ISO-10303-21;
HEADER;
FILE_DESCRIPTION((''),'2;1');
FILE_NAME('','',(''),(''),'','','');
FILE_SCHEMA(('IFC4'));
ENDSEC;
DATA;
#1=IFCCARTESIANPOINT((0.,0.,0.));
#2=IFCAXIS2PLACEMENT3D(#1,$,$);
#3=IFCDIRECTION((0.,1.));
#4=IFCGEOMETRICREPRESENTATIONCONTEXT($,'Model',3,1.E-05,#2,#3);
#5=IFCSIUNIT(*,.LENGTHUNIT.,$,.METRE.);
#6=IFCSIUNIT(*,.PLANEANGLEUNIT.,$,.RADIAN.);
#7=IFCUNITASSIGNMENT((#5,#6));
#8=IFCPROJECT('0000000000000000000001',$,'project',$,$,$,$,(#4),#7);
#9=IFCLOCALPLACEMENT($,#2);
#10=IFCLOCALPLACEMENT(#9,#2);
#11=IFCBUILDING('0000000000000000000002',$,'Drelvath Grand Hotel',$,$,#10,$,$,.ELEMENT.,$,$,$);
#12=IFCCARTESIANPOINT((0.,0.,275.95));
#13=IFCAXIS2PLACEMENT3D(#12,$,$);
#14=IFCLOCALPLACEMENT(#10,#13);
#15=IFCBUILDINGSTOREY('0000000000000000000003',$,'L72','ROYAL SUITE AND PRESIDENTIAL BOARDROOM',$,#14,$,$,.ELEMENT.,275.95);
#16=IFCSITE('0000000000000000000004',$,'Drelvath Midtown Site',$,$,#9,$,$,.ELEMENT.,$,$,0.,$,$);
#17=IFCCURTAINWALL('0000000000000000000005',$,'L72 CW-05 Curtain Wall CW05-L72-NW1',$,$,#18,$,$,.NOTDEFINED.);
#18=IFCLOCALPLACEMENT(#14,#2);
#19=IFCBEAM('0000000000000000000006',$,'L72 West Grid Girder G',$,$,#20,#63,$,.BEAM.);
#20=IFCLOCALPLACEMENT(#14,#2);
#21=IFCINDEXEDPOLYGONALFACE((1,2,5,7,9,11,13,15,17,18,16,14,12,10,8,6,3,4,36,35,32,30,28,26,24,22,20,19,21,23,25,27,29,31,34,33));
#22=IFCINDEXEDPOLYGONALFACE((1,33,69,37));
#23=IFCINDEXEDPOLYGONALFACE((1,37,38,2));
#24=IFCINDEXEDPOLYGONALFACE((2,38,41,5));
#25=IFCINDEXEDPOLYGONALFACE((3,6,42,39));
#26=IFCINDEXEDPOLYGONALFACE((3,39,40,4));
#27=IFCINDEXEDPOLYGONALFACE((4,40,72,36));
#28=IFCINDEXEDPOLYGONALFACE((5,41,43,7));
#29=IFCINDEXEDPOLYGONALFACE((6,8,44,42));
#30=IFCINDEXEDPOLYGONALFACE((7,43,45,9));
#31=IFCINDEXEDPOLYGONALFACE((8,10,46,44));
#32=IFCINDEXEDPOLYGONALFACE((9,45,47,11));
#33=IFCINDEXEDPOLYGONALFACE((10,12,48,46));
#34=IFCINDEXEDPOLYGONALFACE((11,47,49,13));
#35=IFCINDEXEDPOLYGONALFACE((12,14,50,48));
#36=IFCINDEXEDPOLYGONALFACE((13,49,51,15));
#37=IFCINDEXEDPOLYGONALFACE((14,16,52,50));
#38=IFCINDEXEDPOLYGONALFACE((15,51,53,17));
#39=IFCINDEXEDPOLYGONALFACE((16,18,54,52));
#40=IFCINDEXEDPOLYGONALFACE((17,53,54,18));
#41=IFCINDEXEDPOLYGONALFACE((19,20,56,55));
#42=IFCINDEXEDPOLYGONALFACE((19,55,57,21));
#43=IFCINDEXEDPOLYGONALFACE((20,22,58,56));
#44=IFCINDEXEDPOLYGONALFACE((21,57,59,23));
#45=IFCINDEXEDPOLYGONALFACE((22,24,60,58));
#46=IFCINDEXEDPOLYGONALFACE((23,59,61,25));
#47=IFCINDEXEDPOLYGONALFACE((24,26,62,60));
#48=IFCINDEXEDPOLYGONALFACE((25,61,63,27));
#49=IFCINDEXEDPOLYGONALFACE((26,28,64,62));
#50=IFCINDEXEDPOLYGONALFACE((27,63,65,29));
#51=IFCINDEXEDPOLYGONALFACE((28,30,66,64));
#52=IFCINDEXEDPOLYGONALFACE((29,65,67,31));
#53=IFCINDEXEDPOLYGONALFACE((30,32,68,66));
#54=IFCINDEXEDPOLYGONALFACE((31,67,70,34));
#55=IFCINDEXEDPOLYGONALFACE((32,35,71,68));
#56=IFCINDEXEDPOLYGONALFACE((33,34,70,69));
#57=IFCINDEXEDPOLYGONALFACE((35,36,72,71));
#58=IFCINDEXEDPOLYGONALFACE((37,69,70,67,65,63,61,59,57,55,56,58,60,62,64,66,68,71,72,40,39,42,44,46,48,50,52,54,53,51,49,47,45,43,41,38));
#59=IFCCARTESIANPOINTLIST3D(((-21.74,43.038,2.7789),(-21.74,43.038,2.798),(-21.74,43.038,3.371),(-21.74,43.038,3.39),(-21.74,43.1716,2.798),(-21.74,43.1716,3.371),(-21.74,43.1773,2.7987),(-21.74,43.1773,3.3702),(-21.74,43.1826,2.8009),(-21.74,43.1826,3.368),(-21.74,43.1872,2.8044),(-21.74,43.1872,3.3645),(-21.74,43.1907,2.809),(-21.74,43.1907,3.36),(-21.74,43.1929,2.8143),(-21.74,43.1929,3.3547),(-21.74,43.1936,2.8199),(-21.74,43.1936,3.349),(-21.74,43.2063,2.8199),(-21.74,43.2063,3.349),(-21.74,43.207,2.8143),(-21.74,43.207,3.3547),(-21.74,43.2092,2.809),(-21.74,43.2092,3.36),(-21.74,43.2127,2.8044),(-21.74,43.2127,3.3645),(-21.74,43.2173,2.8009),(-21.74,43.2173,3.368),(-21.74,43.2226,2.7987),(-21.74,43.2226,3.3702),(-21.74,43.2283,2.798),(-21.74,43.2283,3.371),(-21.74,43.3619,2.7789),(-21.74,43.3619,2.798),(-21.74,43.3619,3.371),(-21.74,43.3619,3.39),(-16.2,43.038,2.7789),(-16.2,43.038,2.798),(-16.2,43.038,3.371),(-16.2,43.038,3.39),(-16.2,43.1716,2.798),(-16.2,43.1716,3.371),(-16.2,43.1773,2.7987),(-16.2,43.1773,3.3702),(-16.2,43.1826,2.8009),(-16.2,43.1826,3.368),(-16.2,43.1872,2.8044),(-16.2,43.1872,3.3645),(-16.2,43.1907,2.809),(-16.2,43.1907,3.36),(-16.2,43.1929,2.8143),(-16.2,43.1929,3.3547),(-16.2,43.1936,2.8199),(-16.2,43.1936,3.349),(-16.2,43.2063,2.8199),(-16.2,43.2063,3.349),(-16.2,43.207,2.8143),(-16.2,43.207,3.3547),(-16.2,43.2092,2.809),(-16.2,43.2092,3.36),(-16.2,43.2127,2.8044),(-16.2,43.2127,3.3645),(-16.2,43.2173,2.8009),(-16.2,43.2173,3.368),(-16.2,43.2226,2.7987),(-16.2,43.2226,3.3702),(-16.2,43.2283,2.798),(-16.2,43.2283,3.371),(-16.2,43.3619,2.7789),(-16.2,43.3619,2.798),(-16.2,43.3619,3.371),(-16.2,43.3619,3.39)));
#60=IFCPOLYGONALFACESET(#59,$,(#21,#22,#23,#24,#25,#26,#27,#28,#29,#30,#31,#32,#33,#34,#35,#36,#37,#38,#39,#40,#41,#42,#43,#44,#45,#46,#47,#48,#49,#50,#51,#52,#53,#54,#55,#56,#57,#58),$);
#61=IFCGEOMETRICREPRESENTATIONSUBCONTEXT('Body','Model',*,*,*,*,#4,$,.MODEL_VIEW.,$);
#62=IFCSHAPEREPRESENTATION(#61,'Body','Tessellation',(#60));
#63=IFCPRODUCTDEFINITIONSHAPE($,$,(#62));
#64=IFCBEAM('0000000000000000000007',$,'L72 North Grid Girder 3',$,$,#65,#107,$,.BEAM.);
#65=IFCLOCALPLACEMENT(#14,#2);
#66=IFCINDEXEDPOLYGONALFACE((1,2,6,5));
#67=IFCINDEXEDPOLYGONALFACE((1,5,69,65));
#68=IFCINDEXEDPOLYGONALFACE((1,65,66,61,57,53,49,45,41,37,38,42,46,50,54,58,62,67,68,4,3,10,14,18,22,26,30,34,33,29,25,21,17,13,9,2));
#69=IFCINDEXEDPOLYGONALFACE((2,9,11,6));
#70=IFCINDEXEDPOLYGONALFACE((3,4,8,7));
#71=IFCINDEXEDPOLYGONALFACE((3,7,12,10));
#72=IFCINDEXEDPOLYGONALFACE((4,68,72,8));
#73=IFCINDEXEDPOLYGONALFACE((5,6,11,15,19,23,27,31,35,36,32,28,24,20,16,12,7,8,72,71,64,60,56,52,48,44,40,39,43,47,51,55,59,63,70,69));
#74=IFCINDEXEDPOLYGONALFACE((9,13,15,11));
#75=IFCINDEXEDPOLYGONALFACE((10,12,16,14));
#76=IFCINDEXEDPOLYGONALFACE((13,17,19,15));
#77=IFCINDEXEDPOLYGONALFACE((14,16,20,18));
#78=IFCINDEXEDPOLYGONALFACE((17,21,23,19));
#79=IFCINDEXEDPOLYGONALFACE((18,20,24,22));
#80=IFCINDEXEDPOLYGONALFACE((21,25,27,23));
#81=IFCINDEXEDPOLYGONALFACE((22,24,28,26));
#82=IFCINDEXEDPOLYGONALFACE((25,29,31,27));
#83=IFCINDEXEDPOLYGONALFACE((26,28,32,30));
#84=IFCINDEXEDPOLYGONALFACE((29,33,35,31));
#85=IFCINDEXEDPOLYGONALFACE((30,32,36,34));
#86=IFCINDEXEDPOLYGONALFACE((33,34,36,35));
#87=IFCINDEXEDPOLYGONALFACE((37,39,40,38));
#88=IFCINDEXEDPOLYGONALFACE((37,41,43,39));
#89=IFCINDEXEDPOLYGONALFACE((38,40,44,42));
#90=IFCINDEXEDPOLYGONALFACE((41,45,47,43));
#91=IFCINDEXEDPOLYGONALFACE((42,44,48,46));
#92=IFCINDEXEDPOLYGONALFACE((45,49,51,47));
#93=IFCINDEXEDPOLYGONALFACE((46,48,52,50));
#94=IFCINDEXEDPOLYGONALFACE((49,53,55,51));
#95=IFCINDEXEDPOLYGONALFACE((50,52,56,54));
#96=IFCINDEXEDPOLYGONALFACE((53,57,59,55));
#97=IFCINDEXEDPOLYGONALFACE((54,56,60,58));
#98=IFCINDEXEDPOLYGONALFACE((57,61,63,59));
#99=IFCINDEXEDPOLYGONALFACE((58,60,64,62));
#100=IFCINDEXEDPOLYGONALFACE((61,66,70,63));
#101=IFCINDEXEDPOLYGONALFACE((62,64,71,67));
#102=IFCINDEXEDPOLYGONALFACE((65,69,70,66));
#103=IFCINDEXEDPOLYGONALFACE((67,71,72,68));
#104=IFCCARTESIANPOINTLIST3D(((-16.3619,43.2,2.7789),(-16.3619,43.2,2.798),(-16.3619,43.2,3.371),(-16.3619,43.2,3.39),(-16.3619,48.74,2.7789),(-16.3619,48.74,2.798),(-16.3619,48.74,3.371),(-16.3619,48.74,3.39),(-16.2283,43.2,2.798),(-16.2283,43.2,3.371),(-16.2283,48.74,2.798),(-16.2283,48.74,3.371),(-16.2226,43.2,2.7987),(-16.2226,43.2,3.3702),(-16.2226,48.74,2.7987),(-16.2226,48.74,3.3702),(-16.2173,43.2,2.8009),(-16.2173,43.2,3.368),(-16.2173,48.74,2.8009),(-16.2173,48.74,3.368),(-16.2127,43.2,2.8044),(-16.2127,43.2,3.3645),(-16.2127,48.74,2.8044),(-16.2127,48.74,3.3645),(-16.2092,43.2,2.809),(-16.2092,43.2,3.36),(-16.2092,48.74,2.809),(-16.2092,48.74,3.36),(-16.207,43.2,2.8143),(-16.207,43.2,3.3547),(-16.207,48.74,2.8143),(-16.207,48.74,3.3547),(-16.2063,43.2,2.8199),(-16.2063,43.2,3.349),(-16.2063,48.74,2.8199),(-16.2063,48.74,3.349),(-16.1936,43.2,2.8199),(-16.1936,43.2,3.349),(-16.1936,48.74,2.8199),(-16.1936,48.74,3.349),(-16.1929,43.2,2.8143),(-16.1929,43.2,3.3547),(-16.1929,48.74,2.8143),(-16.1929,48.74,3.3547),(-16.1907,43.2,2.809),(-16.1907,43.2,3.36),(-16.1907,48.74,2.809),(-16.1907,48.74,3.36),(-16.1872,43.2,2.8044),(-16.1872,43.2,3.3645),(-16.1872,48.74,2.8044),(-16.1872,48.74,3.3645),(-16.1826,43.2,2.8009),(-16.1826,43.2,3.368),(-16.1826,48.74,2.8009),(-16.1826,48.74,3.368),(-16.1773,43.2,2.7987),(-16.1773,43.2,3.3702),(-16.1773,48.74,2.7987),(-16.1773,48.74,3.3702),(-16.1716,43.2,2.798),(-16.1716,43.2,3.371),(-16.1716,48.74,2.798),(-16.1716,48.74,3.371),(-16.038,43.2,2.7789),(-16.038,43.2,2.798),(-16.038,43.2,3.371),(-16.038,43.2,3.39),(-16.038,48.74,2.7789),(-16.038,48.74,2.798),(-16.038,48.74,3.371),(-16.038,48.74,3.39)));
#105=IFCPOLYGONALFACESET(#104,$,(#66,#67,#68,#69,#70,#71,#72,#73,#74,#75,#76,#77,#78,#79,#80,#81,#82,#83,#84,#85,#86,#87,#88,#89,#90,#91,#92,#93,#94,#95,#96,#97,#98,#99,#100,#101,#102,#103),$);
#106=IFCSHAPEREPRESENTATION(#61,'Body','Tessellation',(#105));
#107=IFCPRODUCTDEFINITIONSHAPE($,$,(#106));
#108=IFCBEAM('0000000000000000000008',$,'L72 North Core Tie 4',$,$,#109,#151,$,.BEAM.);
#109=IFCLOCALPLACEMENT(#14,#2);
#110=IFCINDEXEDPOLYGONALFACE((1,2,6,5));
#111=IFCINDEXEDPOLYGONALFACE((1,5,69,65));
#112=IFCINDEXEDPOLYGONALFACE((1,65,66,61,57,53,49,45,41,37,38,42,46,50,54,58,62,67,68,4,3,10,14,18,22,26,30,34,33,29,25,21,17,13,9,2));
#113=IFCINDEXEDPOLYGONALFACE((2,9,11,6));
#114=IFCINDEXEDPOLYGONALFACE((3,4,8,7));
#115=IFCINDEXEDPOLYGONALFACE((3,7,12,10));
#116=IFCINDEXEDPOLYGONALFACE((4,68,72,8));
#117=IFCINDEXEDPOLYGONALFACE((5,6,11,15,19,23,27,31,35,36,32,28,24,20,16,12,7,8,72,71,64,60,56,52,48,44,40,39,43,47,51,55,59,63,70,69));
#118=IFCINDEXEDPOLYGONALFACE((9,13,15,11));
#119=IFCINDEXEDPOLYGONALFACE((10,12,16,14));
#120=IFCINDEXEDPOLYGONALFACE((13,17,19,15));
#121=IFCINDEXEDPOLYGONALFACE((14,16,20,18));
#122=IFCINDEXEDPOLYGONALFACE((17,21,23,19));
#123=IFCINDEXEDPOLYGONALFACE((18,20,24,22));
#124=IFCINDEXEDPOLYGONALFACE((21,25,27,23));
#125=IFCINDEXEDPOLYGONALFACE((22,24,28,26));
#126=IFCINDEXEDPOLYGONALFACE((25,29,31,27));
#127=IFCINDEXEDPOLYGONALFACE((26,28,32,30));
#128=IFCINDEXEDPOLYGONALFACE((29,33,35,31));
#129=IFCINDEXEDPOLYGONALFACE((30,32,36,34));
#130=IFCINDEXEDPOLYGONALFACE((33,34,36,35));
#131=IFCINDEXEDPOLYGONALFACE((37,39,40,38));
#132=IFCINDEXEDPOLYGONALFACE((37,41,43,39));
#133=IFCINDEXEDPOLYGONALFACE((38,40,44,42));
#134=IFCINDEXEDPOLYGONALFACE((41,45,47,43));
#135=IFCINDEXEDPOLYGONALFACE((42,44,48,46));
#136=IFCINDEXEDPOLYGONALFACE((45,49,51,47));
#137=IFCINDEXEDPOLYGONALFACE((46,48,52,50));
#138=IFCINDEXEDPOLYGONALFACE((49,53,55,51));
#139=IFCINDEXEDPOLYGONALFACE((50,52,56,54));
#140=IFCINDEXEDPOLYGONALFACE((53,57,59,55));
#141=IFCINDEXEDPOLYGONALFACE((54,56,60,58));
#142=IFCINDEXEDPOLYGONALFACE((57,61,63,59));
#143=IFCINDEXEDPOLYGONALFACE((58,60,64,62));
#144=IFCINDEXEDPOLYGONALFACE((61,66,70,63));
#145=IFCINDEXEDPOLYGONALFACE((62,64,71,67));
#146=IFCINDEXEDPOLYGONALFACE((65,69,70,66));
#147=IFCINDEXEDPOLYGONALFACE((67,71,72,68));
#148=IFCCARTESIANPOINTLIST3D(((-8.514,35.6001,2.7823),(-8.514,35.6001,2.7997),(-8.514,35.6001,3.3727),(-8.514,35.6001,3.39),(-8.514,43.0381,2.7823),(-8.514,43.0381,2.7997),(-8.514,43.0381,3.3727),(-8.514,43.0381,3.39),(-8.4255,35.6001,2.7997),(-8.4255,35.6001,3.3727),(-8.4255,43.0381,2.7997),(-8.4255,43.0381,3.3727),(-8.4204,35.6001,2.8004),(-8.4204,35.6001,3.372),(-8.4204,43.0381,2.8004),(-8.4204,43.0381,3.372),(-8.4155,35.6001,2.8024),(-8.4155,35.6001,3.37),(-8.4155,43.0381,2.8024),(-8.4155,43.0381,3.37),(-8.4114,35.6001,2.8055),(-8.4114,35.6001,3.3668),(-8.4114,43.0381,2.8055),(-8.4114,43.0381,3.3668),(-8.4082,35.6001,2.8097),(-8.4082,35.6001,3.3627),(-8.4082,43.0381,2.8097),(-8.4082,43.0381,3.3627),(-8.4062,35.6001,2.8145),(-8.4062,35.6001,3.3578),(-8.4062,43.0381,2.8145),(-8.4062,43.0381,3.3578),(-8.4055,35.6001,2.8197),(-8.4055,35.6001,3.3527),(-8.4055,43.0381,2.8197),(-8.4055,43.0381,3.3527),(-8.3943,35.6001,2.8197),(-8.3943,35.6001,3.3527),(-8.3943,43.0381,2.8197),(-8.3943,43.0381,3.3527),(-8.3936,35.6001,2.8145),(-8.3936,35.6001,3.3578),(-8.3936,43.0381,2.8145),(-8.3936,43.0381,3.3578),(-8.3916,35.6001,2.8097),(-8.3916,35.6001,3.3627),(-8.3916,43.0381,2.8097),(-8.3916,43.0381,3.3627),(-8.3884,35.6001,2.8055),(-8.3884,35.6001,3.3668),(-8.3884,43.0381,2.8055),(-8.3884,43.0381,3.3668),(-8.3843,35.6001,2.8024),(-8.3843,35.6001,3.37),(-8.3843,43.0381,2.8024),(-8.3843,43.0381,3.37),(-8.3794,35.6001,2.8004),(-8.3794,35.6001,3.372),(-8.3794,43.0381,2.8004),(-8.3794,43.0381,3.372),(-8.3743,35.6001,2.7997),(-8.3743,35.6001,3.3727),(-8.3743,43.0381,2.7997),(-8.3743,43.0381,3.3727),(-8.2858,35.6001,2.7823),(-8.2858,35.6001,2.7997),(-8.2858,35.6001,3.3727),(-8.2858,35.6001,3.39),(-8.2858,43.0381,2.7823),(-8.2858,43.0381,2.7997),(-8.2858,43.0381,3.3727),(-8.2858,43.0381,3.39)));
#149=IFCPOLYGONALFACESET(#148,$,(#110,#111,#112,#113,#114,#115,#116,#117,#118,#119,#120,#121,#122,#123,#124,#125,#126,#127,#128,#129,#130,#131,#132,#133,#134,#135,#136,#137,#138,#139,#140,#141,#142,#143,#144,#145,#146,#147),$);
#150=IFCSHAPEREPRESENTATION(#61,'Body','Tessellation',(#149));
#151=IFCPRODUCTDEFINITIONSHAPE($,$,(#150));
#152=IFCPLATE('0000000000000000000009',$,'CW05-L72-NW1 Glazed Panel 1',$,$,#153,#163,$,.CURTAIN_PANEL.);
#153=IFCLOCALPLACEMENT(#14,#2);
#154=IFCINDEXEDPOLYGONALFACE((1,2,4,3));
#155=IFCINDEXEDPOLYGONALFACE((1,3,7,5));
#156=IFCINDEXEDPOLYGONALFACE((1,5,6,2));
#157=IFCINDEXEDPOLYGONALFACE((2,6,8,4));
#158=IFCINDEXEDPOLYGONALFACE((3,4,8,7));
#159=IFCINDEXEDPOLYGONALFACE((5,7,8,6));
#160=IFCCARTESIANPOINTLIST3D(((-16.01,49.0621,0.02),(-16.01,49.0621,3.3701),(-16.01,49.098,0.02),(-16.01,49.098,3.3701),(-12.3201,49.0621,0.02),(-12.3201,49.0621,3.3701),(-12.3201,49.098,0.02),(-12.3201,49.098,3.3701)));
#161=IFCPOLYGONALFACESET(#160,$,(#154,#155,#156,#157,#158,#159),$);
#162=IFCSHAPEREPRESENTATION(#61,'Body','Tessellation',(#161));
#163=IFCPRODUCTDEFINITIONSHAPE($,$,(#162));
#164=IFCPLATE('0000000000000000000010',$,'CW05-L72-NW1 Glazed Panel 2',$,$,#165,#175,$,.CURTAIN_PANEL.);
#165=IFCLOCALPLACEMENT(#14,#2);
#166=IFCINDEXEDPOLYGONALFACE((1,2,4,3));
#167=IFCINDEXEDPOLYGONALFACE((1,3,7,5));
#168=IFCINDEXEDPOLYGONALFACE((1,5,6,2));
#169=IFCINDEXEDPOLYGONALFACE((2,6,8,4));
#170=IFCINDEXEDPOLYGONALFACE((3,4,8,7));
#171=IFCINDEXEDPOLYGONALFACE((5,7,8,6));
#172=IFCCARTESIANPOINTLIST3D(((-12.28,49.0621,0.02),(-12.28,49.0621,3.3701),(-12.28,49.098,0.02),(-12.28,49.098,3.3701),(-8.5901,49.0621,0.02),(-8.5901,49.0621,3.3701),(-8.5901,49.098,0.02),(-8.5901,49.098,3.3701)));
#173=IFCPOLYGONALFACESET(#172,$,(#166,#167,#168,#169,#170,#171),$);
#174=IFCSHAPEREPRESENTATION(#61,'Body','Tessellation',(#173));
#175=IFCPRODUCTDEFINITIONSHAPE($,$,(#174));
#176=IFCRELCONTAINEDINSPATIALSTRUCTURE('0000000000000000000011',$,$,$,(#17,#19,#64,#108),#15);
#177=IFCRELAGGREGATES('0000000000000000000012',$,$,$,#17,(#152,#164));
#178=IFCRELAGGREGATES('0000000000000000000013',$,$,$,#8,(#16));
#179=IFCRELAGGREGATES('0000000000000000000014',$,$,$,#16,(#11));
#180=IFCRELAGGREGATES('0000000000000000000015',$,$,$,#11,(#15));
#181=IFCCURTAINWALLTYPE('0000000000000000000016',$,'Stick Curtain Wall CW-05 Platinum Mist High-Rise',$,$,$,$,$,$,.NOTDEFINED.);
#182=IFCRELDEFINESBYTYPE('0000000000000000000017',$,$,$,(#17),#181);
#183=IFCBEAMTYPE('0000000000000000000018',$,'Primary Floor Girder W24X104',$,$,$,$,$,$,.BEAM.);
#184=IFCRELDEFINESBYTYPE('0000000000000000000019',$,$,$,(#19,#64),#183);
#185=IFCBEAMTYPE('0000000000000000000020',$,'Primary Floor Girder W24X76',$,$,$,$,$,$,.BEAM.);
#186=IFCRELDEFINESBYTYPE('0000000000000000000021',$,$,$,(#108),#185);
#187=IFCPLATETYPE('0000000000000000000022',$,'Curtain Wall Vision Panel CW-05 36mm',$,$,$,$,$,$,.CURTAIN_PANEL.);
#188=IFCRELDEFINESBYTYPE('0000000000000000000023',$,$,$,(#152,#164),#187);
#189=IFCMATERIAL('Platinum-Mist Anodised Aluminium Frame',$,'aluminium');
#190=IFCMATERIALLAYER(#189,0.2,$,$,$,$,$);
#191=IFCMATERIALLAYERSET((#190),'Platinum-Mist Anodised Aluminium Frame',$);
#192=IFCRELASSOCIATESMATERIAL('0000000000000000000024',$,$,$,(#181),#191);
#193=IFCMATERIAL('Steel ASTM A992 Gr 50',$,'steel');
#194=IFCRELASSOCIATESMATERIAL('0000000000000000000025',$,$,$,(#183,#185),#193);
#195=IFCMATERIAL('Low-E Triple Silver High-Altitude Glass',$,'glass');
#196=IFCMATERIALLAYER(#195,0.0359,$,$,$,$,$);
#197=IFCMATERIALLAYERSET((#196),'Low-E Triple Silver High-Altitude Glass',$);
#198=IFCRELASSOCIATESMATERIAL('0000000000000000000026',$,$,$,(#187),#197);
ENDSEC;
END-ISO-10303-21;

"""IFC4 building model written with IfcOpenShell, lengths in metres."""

from ifc_helpers import new_model, si_unit, direction, frame, origin, origin_2d, place, context, subcontext, project, spatial, rectangle, i_section, extrude, material, layer, layer_set, material_profile, profile_set, type_object, element, aggregate, save


model = new_model("IFC4")

# Units and contexts
model_context = context("Model", 3, precision=1e-05, world=origin(), true_north=direction((0.0, 1.0)))
body_context = subcontext(model_context, "Body", "Model", "MODEL_VIEW")
ifc_project = project(units=[si_unit("LENGTHUNIT", "METRE"), si_unit("PLANEANGLEUNIT", "RADIAN")], contexts=[model_context])

# Site, building, storey
site_placement = place(None, origin())
site = spatial("IfcSite", under=ifc_project, at=site_placement, Name="Drelvath Midtown Site", CompositionType="ELEMENT", RefElevation=0.0)
building_placement = place(site_placement, origin())
building = spatial("IfcBuilding", under=site, at=building_placement, Name="Drelvath Grand Hotel", CompositionType="ELEMENT")
storey_placement = place(building_placement, frame((0.0, 0.0, 275.95)))
storey = spatial("IfcBuildingStorey", under=building, at=storey_placement, Name="L72", Description="ROYAL SUITE AND PRESIDENTIAL BOARDROOM", CompositionType="ELEMENT", Elevation=275.95)

# Shared definitions
ifc_material_1 = material(Name="Steel ASTM A992 Gr 50", Category="steel")

# Curtain wall
ifc_material_2 = material(Name="Platinum-Mist Anodised Aluminium Frame", Category="aluminium")
ifc_layer_1 = layer(ifc_material_2, 0.2)
ifc_layer_set_1 = layer_set([ifc_layer_1], Name="Platinum-Mist Anodised Aluminium Frame")
curtain_wall_type = type_object("IfcCurtainWallType", Name="Stick Curtain Wall CW-05 Platinum Mist High-Rise", PredefinedType="NOTDEFINED", material=ifc_layer_set_1)
curtain_wall_placement = place(storey_placement, origin())
curtain_wall = element("IfcCurtainWall", 1, at=curtain_wall_placement, inside=storey, type_object=curtain_wall_type, Name="L72 CW-05 Curtain Wall CW05-L72-NW1", PredefinedType="NOTDEFINED")

# Beams
ifc_material_profile_1 = material_profile(ifc_material_1, i_section(OverallWidth=0.324, OverallDepth=0.6111, WebThickness=0.0127, FlangeThickness=0.019, FilletRadius=0.022, at=origin_2d()), Name="W24X104")
ifc_profile_set_1 = profile_set([ifc_material_profile_1], Name="Steel ASTM A992 Gr 50")
beam_type_1 = type_object("IfcBeamType", Name="Primary Floor Girder W24X104", PredefinedType="BEAM", material=ifc_profile_set_1)
for number, where, z_axis, x_axis, name in (
    (2, (-21.74, 43.2, 3.0845), (1.0, 0.0, 0.0), (0.0, 1.0, 0.0), "L72 West Grid Girder G"),
    (3, (-16.2, 43.2, 3.0845), (0.0, 1.0, 0.0), (-1.0, 0.0, 0.0), "L72 North Grid Girder 3"),
):
    element("IfcBeam", number, at=place(storey_placement, frame(where, z_axis=z_axis, x_axis=x_axis)), inside=storey, type_object=beam_type_1, Name=name, PredefinedType="BEAM", context=body_context, shape_type="SweptSolid", body=[
        extrude(i_section(OverallWidth=0.324, OverallDepth=0.6111, WebThickness=0.0127, FlangeThickness=0.019, FilletRadius=0.022, at=origin_2d()), origin(), (0.0, 0.0, 1.0), 5.54),
    ])
ifc_material_profile_2 = material_profile(ifc_material_1, i_section(OverallWidth=0.2283, OverallDepth=0.6077, WebThickness=0.0112, FlangeThickness=0.0173, FilletRadius=0.02, at=origin_2d()), Name="W24X76")
ifc_profile_set_2 = profile_set([ifc_material_profile_2], Name="Steel ASTM A992 Gr 50")
beam_type_2 = type_object("IfcBeamType", Name="Primary Floor Girder W24X76", PredefinedType="BEAM", material=ifc_profile_set_2)
beam_1_placement = place(storey_placement, frame((-8.3999, 35.6001, 3.0862), z_axis=(0.0, 1.0, 0.0), x_axis=(-1.0, 0.0, 0.0)))
element("IfcBeam", 4, at=beam_1_placement, inside=storey, type_object=beam_type_2, Name="L72 North Core Tie 4", PredefinedType="BEAM", context=body_context, shape_type="SweptSolid", body=[
    extrude(i_section(OverallWidth=0.2283, OverallDepth=0.6077, WebThickness=0.0112, FlangeThickness=0.0173, FilletRadius=0.02, at=origin_2d()), origin(), (0.0, 0.0, 1.0), 7.438),
])

# Plates
ifc_material_3 = material(Name="Low-E Triple Silver High-Altitude Glass", Category="glass")
ifc_layer_2 = layer(ifc_material_3, 0.0359)
ifc_layer_set_2 = layer_set([ifc_layer_2], Name="Low-E Triple Silver High-Altitude Glass")
plate_type = type_object("IfcPlateType", Name="Curtain Wall Vision Panel CW-05 36mm", PredefinedType="CURTAIN_PANEL", material=ifc_layer_set_2)
plate_1_placement = place(storey_placement, frame((-14.165, 49.0801, 0.02), z_axis=(0.0, 0.0, 1.0), x_axis=(1.0, 0.0, 0.0)))
plate_1 = element("IfcPlate", 5, at=plate_1_placement, type_object=plate_type, Name="CW05-L72-NW1 Glazed Panel 1", PredefinedType="CURTAIN_PANEL", context=body_context, shape_type="SweptSolid", body=[
    extrude(rectangle(XDim=3.6899, YDim=0.0359, at=origin_2d()), origin(), (0.0, 0.0, 1.0), 3.3501),
])
plate_2_placement = place(storey_placement, frame((-10.4351, 49.0801, 0.02), z_axis=(0.0, 0.0, 1.0), x_axis=(1.0, 0.0, 0.0)))
plate_2 = element("IfcPlate", 6, at=plate_2_placement, type_object=plate_type, Name="CW05-L72-NW1 Glazed Panel 2", PredefinedType="CURTAIN_PANEL", context=body_context, shape_type="SweptSolid", body=[
    extrude(rectangle(XDim=3.6899, YDim=0.0359, at=origin_2d()), origin(), (0.0, 0.0, 1.0), 3.3501),
])
aggregate(curtain_wall, [plate_1, plate_2])

save(model, "model.ifc")
